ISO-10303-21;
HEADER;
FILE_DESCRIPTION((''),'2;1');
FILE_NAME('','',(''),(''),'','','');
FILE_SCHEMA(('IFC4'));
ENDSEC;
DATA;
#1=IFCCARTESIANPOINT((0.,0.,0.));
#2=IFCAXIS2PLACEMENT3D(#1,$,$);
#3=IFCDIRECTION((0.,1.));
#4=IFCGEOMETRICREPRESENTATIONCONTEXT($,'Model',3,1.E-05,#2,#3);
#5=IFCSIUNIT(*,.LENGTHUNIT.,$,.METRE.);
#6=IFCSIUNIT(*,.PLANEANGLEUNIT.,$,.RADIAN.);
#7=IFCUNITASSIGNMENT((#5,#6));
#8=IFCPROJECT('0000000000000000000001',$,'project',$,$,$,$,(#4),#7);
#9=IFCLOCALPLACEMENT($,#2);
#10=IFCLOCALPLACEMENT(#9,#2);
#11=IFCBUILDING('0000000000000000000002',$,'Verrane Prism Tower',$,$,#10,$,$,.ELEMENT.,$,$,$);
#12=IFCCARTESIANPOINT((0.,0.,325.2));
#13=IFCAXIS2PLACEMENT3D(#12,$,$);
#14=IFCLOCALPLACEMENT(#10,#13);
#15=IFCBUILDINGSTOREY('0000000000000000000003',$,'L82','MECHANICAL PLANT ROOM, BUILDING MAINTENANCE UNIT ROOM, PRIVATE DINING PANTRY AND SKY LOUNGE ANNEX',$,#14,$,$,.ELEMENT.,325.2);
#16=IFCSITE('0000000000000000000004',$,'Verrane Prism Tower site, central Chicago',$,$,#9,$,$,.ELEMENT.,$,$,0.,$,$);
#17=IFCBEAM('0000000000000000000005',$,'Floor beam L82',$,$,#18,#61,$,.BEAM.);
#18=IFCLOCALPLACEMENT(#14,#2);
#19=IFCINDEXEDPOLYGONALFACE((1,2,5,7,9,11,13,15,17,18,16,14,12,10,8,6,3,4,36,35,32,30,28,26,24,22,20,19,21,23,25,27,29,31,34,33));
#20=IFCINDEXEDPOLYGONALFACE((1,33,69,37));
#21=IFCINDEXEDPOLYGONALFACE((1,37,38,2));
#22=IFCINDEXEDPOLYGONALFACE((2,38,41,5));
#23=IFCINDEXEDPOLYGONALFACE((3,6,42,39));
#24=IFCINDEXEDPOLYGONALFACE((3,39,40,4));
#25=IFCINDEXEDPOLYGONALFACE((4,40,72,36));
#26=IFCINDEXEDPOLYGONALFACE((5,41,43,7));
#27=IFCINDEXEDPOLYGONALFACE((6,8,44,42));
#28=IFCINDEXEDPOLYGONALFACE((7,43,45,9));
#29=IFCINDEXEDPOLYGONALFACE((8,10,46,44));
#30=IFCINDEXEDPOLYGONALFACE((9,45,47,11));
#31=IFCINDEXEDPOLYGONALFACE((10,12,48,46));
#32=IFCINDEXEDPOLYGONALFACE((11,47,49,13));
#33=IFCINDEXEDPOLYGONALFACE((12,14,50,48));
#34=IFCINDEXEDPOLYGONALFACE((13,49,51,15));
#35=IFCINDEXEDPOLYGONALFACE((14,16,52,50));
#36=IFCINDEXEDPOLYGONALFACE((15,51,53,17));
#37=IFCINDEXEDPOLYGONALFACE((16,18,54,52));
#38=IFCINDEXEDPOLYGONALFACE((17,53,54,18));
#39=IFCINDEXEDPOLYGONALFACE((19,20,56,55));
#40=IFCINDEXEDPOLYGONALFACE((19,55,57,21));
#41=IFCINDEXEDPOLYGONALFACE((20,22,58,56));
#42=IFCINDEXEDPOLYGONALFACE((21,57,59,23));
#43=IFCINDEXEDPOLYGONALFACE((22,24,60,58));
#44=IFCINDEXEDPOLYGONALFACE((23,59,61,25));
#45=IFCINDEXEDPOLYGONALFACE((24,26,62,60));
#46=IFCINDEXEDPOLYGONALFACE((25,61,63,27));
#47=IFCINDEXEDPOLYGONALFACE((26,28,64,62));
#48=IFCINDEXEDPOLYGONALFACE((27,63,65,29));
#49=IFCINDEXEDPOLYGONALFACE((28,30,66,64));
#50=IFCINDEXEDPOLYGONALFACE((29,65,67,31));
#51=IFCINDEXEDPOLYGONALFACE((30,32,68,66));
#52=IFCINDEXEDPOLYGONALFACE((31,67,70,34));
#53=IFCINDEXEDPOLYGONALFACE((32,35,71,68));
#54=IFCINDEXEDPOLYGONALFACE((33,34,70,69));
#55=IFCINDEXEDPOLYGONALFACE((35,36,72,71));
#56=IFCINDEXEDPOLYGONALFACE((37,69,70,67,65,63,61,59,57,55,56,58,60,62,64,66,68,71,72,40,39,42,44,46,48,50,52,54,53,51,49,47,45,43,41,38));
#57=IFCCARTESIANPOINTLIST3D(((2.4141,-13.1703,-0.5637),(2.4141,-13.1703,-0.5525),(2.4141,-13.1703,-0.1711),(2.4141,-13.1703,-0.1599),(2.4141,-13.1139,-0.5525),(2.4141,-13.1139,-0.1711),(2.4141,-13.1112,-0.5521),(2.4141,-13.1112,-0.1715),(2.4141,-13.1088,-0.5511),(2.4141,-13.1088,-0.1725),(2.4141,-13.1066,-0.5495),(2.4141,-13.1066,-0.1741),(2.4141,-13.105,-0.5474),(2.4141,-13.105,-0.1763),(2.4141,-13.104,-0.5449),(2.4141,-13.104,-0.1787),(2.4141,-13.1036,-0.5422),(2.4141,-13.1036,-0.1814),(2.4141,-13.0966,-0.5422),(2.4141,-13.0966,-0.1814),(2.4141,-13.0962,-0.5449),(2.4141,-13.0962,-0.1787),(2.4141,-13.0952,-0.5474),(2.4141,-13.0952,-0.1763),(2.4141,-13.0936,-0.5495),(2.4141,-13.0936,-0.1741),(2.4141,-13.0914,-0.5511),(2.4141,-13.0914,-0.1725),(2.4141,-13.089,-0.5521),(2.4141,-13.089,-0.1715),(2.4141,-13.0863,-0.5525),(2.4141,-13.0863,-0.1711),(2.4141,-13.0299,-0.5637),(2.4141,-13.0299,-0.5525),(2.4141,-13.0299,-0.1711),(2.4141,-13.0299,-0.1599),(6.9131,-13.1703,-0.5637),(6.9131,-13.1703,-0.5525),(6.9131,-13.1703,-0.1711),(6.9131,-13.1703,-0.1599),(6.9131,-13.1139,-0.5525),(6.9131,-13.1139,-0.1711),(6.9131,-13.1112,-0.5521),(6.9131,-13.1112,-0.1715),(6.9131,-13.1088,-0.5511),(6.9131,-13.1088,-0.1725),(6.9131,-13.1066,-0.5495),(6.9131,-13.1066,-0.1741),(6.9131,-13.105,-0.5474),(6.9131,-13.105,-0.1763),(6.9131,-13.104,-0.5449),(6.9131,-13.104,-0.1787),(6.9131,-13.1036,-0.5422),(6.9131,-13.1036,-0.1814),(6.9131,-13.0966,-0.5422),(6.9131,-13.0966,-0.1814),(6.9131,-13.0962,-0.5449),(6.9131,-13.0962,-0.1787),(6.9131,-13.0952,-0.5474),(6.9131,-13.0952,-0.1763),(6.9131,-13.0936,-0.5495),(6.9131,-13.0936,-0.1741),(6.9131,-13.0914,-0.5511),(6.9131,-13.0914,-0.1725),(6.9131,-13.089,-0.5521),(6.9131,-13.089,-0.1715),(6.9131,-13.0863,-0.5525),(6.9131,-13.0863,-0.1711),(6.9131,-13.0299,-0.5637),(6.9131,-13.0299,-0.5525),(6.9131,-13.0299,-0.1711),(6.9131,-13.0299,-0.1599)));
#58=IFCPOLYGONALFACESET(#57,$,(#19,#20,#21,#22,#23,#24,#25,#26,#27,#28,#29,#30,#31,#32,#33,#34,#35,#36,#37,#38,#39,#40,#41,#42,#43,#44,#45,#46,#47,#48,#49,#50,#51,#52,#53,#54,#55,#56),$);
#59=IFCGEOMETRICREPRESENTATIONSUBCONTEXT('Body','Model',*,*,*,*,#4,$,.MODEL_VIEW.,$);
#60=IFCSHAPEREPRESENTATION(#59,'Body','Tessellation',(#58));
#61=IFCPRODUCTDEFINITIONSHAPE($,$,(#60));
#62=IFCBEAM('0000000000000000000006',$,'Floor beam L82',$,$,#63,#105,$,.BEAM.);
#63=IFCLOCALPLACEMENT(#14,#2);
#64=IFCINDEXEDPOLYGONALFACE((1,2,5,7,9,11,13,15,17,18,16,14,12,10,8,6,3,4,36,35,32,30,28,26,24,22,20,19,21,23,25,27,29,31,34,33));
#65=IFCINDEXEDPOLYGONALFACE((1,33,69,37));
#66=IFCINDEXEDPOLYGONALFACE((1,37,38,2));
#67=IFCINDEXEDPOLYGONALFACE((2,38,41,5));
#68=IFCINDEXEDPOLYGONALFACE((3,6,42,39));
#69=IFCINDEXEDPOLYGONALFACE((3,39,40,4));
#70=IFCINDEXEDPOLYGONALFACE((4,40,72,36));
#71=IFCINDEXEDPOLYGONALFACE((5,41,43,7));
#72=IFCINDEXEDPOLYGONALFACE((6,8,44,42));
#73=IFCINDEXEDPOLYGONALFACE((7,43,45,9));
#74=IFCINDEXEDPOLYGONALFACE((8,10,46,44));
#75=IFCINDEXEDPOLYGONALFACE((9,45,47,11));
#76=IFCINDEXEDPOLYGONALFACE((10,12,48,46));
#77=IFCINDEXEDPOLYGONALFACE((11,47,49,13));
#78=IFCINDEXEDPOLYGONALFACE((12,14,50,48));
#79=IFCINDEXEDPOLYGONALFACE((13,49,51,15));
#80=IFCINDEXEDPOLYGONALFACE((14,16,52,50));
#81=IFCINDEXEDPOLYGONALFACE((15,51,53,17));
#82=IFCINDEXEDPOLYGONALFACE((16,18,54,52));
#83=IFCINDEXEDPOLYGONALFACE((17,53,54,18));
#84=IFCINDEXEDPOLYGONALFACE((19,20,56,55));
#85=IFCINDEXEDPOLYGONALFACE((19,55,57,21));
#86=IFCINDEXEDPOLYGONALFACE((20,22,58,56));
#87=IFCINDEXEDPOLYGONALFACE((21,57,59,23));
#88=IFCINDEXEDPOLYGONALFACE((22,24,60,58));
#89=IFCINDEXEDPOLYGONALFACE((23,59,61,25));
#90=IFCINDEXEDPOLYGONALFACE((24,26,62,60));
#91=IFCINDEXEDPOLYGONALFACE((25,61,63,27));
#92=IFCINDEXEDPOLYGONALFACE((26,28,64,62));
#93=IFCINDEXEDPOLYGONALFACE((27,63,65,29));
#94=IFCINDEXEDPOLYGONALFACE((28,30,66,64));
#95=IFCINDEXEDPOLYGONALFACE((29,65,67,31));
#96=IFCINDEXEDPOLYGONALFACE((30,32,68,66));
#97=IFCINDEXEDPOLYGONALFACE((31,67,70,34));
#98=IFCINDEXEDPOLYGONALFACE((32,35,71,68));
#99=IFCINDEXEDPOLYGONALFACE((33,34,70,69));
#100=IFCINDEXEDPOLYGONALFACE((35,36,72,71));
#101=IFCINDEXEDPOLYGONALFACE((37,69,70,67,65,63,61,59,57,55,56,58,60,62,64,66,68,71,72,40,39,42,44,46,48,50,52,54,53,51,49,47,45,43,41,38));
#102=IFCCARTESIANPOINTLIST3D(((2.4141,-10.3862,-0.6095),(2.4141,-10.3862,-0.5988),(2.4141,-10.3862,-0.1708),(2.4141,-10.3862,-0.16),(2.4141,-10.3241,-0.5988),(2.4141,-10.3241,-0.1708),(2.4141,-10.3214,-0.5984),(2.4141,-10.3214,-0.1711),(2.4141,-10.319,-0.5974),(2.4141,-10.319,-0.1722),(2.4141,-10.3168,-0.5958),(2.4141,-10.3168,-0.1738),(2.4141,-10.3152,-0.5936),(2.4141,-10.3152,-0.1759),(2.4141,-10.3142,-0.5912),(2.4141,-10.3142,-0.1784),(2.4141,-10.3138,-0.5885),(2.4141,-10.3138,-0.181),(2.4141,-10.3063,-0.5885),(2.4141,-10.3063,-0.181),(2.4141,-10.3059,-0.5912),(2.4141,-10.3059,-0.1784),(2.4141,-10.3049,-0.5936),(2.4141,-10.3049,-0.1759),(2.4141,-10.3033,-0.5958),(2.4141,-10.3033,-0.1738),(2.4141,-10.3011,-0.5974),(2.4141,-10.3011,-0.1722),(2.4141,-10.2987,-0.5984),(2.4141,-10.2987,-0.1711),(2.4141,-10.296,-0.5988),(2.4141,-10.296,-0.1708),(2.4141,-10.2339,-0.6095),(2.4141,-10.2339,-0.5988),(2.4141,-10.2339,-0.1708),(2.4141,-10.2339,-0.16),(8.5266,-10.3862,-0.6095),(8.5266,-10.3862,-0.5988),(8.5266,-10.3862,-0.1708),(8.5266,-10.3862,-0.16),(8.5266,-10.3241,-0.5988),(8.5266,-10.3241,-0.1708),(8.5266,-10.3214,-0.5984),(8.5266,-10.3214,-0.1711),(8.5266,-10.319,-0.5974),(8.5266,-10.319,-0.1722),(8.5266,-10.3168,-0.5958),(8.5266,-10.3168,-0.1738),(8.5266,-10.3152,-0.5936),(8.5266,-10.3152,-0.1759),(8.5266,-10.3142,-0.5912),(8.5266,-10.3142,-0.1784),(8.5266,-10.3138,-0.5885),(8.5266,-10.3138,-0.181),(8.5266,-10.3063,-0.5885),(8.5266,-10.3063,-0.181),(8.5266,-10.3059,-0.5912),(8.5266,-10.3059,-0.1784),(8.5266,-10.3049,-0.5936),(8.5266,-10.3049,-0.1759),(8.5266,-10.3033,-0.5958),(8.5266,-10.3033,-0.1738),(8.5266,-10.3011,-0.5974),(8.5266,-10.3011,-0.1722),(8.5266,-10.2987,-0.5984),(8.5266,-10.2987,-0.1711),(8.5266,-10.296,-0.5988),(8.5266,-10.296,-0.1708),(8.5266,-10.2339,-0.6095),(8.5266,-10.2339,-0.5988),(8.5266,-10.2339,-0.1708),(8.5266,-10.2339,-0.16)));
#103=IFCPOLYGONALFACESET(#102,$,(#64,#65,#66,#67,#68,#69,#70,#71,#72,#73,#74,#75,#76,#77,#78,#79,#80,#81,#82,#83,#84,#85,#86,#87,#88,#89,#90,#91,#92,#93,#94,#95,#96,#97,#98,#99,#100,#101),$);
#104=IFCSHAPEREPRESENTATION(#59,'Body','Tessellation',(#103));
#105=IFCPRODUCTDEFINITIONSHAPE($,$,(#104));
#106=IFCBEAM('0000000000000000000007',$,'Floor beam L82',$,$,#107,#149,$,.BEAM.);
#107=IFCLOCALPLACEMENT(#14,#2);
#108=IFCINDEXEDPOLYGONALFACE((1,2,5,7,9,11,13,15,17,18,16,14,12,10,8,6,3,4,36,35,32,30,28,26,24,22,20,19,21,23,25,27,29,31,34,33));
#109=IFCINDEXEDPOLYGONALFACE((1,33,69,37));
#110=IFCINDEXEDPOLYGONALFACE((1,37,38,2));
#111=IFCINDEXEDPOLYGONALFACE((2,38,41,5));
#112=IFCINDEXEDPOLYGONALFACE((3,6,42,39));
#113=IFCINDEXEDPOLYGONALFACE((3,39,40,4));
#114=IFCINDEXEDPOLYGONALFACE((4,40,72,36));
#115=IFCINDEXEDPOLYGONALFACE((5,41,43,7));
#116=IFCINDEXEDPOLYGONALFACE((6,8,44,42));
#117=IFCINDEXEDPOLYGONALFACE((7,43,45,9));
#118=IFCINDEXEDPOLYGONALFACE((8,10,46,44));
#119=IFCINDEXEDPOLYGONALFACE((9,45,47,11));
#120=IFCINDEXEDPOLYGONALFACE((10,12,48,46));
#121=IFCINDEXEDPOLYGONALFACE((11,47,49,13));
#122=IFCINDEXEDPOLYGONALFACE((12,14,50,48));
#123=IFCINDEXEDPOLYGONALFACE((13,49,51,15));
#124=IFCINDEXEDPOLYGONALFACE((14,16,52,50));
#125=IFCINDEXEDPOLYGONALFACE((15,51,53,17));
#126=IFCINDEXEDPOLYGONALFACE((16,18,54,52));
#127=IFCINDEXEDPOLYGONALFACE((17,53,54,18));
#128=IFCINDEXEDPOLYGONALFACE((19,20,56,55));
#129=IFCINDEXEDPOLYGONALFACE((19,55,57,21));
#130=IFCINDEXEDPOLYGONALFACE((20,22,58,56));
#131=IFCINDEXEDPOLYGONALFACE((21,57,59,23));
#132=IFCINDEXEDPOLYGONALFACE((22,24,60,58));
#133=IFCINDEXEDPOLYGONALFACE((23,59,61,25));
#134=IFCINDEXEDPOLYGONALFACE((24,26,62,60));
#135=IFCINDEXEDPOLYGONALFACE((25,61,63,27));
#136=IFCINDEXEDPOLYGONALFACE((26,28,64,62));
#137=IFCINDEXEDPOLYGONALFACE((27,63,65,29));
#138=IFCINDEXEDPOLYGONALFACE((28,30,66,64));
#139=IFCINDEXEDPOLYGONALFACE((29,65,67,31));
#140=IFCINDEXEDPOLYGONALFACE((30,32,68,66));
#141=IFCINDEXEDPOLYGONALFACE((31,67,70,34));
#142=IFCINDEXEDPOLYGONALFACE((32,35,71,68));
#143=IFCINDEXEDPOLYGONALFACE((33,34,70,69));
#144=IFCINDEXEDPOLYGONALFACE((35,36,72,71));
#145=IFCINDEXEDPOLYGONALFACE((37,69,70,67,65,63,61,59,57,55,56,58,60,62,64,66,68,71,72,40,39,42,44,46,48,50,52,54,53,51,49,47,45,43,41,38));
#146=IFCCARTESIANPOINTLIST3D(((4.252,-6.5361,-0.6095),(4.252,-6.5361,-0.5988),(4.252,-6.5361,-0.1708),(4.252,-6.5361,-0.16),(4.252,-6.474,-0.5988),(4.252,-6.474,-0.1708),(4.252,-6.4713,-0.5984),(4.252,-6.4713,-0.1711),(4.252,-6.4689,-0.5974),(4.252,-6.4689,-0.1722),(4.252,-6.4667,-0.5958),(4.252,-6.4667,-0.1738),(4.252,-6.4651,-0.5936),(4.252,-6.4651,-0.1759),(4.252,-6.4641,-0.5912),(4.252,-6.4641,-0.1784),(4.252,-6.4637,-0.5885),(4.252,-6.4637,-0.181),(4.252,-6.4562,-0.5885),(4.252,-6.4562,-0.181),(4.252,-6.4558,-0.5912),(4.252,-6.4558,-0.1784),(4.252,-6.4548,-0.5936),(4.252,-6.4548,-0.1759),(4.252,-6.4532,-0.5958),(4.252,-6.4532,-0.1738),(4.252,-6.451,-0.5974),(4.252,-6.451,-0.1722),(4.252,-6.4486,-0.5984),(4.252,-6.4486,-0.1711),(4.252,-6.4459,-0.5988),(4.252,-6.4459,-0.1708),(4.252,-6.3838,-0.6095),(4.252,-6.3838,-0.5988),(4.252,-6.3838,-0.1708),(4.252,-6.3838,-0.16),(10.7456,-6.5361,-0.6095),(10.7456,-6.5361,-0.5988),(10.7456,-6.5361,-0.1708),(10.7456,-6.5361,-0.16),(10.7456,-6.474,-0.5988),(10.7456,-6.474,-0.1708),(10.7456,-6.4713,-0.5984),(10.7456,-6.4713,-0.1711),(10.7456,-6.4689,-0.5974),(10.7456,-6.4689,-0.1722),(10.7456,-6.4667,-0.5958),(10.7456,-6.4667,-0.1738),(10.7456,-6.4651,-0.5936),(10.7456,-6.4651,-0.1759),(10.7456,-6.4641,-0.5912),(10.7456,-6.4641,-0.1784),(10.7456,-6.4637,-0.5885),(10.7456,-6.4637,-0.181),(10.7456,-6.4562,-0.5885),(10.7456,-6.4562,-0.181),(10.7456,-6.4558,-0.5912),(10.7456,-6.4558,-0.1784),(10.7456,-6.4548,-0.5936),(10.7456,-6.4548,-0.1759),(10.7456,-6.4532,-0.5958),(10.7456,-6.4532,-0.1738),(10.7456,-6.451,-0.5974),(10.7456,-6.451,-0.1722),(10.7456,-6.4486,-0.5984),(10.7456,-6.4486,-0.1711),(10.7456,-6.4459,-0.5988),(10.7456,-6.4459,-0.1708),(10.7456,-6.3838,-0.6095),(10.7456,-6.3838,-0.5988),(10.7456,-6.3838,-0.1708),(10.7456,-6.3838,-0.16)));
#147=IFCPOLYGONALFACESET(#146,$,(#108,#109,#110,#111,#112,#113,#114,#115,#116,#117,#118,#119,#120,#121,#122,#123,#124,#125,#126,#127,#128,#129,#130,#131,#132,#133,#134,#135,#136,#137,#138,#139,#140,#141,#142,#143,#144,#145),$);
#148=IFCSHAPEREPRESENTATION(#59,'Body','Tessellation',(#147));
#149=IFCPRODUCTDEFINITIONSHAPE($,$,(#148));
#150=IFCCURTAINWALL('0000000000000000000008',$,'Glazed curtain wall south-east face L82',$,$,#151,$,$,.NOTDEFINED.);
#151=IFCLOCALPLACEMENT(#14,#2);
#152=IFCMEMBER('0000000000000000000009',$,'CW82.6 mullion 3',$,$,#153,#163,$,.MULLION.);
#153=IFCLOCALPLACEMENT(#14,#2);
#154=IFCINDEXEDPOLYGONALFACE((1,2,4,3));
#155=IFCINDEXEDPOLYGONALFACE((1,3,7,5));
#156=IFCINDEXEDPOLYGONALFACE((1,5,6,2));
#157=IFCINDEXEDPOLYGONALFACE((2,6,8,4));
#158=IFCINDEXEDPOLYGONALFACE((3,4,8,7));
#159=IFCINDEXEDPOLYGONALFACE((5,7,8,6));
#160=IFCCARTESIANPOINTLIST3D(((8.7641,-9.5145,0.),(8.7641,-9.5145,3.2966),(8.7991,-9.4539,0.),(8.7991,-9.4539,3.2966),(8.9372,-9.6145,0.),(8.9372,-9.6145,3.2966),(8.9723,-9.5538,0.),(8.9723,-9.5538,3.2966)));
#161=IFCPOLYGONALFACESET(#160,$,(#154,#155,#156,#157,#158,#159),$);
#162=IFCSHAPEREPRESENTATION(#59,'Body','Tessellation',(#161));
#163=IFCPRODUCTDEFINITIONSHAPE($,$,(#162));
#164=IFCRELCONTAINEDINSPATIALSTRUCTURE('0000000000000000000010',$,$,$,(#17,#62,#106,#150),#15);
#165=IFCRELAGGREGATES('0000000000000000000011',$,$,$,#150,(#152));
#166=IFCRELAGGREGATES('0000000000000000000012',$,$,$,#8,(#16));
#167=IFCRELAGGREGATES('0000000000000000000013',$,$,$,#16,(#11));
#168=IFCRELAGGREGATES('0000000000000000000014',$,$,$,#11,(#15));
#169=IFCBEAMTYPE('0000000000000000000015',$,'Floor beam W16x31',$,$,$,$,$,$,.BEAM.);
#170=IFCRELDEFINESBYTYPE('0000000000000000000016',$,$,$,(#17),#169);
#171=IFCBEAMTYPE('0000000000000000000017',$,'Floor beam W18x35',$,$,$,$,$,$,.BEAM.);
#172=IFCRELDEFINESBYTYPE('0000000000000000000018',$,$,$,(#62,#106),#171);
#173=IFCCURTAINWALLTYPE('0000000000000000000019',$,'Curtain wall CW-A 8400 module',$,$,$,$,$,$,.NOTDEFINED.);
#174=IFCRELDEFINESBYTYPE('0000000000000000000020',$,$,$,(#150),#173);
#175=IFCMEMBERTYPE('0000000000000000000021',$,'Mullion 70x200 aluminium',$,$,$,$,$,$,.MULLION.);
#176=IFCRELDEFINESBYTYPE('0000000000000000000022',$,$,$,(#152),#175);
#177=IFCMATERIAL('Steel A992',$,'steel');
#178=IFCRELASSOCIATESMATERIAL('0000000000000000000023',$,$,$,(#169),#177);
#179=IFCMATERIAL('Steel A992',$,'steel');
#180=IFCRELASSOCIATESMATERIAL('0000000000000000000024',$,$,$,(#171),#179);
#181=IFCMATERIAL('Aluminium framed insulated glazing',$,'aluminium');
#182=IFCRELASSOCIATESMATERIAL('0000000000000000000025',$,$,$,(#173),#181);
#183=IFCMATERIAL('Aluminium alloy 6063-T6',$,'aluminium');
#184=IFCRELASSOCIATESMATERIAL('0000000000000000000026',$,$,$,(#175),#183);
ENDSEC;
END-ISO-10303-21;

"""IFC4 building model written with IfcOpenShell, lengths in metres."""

from ifc_helpers import new_model, si_unit, direction, frame, origin, origin_2d, place, context, subcontext, project, spatial, rectangle, i_section, extrude, material, material_profile, profile_set, type_object, element, aggregate, save


model = new_model("IFC4")

# Units and contexts
model_context = context("Model", 3, precision=1e-05, world=origin(), true_north=direction((0.0, 1.0)))
body_context = subcontext(model_context, "Body", "Model", "MODEL_VIEW")
ifc_project = project(units=[si_unit("LENGTHUNIT", "METRE"), si_unit("PLANEANGLEUNIT", "RADIAN")], contexts=[model_context])

# Site, building, storey
site_placement = place(None, origin())
site = spatial("IfcSite", under=ifc_project, at=site_placement, Name="Verrane Prism Tower site, central Chicago", CompositionType="ELEMENT", RefElevation=0.0)
building_placement = place(site_placement, origin())
building = spatial("IfcBuilding", under=site, at=building_placement, Name="Verrane Prism Tower", CompositionType="ELEMENT")
storey_placement = place(building_placement, frame((0.0, 0.0, 325.2)))
storey = spatial("IfcBuildingStorey", under=building, at=storey_placement, Name="L82", Description="MECHANICAL PLANT ROOM, BUILDING MAINTENANCE UNIT ROOM, PRIVATE DINING PANTRY AND SKY LOUNGE ANNEX", CompositionType="ELEMENT", Elevation=325.2)

# Beams
ifc_material_1 = material(Name="Steel A992", Category="steel")
ifc_material_profile_1 = material_profile(ifc_material_1, i_section(OverallWidth=0.1404, OverallDepth=0.4038, WebThickness=0.0071, FlangeThickness=0.0112, FilletRadius=0.0103, at=origin_2d()), Name="W16x31")
ifc_profile_set_1 = profile_set([ifc_material_profile_1], Name="Steel A992")
beam_type_1 = type_object("IfcBeamType", Name="Floor beam W16x31", PredefinedType="BEAM", material=ifc_profile_set_1)
beam_1_placement = place(storey_placement, frame((2.4141, -13.1001, -0.3618), z_axis=(1.0, 0.0, 0.0), x_axis=(0.0, 1.0, 0.0)))
element("IfcBeam", 1, at=beam_1_placement, inside=storey, type_object=beam_type_1, Name="Floor beam L82", PredefinedType="BEAM", context=body_context, shape_type="SweptSolid", body=[
    extrude(i_section(OverallWidth=0.1404, OverallDepth=0.4038, WebThickness=0.0071, FlangeThickness=0.0112, FilletRadius=0.0103, at=origin_2d()), origin(), (0.0, 0.0, 1.0), 4.499),
])
ifc_material_2 = material(Name="Steel A992", Category="steel")
ifc_material_profile_2 = material_profile(ifc_material_2, i_section(OverallWidth=0.1523, OverallDepth=0.4495, WebThickness=0.0076, FlangeThickness=0.0107, FilletRadius=0.0103, at=origin_2d()), Name="W18x35")
ifc_profile_set_2 = profile_set([ifc_material_profile_2], Name="Steel A992")
beam_type_2 = type_object("IfcBeamType", Name="Floor beam W18x35", PredefinedType="BEAM", material=ifc_profile_set_2)
beam_2_placement = place(storey_placement, frame((2.4141, -10.3101, -0.3848), z_axis=(1.0, 0.0, 0.0), x_axis=(0.0, 1.0, 0.0)))
element("IfcBeam", 2, at=beam_2_placement, inside=storey, type_object=beam_type_2, Name="Floor beam L82", PredefinedType="BEAM", context=body_context, shape_type="SweptSolid", body=[
    extrude(i_section(OverallWidth=0.1523, OverallDepth=0.4495, WebThickness=0.0076, FlangeThickness=0.0107, FilletRadius=0.0103, at=origin_2d()), origin(), (0.0, 0.0, 1.0), 6.1125),
])
beam_3_placement = place(storey_placement, frame((4.252, -6.46, -0.3848), z_axis=(1.0, 0.0, 0.0), x_axis=(0.0, 1.0, 0.0)))
element("IfcBeam", 3, at=beam_3_placement, inside=storey, type_object=beam_type_2, Name="Floor beam L82", PredefinedType="BEAM", context=body_context, shape_type="SweptSolid", body=[
    extrude(i_section(OverallWidth=0.1523, OverallDepth=0.4495, WebThickness=0.0076, FlangeThickness=0.0107, FilletRadius=0.0103, at=origin_2d()), origin(), (0.0, 0.0, 1.0), 6.4937),
])

# Curtain wall, member
ifc_material_3 = material(Name="Aluminium framed insulated glazing", Category="aluminium")
curtain_wall_type = type_object("IfcCurtainWallType", Name="Curtain wall CW-A 8400 module", PredefinedType="NOTDEFINED", material=ifc_material_3)
curtain_wall_placement = place(storey_placement, origin())
curtain_wall = element("IfcCurtainWall", 4, at=curtain_wall_placement, inside=storey, type_object=curtain_wall_type, Name="Glazed curtain wall south-east face L82", PredefinedType="NOTDEFINED")
ifc_material_4 = material(Name="Aluminium alloy 6063-T6", Category="aluminium")
ifc_material_profile_3 = material_profile(ifc_material_4, rectangle(XDim=0.2, YDim=0.0701, at=origin_2d()), Name="Mullion 70x200 aluminium")
ifc_profile_set_3 = profile_set([ifc_material_profile_3], Name="Aluminium alloy 6063-T6")
member_type_1 = type_object("IfcMemberType", Name="Mullion 70x200 aluminium", PredefinedType="MULLION", material=ifc_profile_set_3)
member_1_placement = place(storey_placement, frame((8.8682, -9.5342, 0.0), z_axis=(0.0, 0.0, 1.0), x_axis=(-0.866025, 0.5, 0.0)))
member_1 = element("IfcMember", 5, at=member_1_placement, type_object=member_type_1, Name="CW82.6 mullion 3", PredefinedType="MULLION", context=body_context, shape_type="SweptSolid", body=[
    extrude(rectangle(XDim=0.2, YDim=0.0701, at=origin_2d()), origin(), (0.0, 0.0, 1.0), 3.2966),
])

aggregate(curtain_wall, [member_1])

save(model, "model.ifc")
